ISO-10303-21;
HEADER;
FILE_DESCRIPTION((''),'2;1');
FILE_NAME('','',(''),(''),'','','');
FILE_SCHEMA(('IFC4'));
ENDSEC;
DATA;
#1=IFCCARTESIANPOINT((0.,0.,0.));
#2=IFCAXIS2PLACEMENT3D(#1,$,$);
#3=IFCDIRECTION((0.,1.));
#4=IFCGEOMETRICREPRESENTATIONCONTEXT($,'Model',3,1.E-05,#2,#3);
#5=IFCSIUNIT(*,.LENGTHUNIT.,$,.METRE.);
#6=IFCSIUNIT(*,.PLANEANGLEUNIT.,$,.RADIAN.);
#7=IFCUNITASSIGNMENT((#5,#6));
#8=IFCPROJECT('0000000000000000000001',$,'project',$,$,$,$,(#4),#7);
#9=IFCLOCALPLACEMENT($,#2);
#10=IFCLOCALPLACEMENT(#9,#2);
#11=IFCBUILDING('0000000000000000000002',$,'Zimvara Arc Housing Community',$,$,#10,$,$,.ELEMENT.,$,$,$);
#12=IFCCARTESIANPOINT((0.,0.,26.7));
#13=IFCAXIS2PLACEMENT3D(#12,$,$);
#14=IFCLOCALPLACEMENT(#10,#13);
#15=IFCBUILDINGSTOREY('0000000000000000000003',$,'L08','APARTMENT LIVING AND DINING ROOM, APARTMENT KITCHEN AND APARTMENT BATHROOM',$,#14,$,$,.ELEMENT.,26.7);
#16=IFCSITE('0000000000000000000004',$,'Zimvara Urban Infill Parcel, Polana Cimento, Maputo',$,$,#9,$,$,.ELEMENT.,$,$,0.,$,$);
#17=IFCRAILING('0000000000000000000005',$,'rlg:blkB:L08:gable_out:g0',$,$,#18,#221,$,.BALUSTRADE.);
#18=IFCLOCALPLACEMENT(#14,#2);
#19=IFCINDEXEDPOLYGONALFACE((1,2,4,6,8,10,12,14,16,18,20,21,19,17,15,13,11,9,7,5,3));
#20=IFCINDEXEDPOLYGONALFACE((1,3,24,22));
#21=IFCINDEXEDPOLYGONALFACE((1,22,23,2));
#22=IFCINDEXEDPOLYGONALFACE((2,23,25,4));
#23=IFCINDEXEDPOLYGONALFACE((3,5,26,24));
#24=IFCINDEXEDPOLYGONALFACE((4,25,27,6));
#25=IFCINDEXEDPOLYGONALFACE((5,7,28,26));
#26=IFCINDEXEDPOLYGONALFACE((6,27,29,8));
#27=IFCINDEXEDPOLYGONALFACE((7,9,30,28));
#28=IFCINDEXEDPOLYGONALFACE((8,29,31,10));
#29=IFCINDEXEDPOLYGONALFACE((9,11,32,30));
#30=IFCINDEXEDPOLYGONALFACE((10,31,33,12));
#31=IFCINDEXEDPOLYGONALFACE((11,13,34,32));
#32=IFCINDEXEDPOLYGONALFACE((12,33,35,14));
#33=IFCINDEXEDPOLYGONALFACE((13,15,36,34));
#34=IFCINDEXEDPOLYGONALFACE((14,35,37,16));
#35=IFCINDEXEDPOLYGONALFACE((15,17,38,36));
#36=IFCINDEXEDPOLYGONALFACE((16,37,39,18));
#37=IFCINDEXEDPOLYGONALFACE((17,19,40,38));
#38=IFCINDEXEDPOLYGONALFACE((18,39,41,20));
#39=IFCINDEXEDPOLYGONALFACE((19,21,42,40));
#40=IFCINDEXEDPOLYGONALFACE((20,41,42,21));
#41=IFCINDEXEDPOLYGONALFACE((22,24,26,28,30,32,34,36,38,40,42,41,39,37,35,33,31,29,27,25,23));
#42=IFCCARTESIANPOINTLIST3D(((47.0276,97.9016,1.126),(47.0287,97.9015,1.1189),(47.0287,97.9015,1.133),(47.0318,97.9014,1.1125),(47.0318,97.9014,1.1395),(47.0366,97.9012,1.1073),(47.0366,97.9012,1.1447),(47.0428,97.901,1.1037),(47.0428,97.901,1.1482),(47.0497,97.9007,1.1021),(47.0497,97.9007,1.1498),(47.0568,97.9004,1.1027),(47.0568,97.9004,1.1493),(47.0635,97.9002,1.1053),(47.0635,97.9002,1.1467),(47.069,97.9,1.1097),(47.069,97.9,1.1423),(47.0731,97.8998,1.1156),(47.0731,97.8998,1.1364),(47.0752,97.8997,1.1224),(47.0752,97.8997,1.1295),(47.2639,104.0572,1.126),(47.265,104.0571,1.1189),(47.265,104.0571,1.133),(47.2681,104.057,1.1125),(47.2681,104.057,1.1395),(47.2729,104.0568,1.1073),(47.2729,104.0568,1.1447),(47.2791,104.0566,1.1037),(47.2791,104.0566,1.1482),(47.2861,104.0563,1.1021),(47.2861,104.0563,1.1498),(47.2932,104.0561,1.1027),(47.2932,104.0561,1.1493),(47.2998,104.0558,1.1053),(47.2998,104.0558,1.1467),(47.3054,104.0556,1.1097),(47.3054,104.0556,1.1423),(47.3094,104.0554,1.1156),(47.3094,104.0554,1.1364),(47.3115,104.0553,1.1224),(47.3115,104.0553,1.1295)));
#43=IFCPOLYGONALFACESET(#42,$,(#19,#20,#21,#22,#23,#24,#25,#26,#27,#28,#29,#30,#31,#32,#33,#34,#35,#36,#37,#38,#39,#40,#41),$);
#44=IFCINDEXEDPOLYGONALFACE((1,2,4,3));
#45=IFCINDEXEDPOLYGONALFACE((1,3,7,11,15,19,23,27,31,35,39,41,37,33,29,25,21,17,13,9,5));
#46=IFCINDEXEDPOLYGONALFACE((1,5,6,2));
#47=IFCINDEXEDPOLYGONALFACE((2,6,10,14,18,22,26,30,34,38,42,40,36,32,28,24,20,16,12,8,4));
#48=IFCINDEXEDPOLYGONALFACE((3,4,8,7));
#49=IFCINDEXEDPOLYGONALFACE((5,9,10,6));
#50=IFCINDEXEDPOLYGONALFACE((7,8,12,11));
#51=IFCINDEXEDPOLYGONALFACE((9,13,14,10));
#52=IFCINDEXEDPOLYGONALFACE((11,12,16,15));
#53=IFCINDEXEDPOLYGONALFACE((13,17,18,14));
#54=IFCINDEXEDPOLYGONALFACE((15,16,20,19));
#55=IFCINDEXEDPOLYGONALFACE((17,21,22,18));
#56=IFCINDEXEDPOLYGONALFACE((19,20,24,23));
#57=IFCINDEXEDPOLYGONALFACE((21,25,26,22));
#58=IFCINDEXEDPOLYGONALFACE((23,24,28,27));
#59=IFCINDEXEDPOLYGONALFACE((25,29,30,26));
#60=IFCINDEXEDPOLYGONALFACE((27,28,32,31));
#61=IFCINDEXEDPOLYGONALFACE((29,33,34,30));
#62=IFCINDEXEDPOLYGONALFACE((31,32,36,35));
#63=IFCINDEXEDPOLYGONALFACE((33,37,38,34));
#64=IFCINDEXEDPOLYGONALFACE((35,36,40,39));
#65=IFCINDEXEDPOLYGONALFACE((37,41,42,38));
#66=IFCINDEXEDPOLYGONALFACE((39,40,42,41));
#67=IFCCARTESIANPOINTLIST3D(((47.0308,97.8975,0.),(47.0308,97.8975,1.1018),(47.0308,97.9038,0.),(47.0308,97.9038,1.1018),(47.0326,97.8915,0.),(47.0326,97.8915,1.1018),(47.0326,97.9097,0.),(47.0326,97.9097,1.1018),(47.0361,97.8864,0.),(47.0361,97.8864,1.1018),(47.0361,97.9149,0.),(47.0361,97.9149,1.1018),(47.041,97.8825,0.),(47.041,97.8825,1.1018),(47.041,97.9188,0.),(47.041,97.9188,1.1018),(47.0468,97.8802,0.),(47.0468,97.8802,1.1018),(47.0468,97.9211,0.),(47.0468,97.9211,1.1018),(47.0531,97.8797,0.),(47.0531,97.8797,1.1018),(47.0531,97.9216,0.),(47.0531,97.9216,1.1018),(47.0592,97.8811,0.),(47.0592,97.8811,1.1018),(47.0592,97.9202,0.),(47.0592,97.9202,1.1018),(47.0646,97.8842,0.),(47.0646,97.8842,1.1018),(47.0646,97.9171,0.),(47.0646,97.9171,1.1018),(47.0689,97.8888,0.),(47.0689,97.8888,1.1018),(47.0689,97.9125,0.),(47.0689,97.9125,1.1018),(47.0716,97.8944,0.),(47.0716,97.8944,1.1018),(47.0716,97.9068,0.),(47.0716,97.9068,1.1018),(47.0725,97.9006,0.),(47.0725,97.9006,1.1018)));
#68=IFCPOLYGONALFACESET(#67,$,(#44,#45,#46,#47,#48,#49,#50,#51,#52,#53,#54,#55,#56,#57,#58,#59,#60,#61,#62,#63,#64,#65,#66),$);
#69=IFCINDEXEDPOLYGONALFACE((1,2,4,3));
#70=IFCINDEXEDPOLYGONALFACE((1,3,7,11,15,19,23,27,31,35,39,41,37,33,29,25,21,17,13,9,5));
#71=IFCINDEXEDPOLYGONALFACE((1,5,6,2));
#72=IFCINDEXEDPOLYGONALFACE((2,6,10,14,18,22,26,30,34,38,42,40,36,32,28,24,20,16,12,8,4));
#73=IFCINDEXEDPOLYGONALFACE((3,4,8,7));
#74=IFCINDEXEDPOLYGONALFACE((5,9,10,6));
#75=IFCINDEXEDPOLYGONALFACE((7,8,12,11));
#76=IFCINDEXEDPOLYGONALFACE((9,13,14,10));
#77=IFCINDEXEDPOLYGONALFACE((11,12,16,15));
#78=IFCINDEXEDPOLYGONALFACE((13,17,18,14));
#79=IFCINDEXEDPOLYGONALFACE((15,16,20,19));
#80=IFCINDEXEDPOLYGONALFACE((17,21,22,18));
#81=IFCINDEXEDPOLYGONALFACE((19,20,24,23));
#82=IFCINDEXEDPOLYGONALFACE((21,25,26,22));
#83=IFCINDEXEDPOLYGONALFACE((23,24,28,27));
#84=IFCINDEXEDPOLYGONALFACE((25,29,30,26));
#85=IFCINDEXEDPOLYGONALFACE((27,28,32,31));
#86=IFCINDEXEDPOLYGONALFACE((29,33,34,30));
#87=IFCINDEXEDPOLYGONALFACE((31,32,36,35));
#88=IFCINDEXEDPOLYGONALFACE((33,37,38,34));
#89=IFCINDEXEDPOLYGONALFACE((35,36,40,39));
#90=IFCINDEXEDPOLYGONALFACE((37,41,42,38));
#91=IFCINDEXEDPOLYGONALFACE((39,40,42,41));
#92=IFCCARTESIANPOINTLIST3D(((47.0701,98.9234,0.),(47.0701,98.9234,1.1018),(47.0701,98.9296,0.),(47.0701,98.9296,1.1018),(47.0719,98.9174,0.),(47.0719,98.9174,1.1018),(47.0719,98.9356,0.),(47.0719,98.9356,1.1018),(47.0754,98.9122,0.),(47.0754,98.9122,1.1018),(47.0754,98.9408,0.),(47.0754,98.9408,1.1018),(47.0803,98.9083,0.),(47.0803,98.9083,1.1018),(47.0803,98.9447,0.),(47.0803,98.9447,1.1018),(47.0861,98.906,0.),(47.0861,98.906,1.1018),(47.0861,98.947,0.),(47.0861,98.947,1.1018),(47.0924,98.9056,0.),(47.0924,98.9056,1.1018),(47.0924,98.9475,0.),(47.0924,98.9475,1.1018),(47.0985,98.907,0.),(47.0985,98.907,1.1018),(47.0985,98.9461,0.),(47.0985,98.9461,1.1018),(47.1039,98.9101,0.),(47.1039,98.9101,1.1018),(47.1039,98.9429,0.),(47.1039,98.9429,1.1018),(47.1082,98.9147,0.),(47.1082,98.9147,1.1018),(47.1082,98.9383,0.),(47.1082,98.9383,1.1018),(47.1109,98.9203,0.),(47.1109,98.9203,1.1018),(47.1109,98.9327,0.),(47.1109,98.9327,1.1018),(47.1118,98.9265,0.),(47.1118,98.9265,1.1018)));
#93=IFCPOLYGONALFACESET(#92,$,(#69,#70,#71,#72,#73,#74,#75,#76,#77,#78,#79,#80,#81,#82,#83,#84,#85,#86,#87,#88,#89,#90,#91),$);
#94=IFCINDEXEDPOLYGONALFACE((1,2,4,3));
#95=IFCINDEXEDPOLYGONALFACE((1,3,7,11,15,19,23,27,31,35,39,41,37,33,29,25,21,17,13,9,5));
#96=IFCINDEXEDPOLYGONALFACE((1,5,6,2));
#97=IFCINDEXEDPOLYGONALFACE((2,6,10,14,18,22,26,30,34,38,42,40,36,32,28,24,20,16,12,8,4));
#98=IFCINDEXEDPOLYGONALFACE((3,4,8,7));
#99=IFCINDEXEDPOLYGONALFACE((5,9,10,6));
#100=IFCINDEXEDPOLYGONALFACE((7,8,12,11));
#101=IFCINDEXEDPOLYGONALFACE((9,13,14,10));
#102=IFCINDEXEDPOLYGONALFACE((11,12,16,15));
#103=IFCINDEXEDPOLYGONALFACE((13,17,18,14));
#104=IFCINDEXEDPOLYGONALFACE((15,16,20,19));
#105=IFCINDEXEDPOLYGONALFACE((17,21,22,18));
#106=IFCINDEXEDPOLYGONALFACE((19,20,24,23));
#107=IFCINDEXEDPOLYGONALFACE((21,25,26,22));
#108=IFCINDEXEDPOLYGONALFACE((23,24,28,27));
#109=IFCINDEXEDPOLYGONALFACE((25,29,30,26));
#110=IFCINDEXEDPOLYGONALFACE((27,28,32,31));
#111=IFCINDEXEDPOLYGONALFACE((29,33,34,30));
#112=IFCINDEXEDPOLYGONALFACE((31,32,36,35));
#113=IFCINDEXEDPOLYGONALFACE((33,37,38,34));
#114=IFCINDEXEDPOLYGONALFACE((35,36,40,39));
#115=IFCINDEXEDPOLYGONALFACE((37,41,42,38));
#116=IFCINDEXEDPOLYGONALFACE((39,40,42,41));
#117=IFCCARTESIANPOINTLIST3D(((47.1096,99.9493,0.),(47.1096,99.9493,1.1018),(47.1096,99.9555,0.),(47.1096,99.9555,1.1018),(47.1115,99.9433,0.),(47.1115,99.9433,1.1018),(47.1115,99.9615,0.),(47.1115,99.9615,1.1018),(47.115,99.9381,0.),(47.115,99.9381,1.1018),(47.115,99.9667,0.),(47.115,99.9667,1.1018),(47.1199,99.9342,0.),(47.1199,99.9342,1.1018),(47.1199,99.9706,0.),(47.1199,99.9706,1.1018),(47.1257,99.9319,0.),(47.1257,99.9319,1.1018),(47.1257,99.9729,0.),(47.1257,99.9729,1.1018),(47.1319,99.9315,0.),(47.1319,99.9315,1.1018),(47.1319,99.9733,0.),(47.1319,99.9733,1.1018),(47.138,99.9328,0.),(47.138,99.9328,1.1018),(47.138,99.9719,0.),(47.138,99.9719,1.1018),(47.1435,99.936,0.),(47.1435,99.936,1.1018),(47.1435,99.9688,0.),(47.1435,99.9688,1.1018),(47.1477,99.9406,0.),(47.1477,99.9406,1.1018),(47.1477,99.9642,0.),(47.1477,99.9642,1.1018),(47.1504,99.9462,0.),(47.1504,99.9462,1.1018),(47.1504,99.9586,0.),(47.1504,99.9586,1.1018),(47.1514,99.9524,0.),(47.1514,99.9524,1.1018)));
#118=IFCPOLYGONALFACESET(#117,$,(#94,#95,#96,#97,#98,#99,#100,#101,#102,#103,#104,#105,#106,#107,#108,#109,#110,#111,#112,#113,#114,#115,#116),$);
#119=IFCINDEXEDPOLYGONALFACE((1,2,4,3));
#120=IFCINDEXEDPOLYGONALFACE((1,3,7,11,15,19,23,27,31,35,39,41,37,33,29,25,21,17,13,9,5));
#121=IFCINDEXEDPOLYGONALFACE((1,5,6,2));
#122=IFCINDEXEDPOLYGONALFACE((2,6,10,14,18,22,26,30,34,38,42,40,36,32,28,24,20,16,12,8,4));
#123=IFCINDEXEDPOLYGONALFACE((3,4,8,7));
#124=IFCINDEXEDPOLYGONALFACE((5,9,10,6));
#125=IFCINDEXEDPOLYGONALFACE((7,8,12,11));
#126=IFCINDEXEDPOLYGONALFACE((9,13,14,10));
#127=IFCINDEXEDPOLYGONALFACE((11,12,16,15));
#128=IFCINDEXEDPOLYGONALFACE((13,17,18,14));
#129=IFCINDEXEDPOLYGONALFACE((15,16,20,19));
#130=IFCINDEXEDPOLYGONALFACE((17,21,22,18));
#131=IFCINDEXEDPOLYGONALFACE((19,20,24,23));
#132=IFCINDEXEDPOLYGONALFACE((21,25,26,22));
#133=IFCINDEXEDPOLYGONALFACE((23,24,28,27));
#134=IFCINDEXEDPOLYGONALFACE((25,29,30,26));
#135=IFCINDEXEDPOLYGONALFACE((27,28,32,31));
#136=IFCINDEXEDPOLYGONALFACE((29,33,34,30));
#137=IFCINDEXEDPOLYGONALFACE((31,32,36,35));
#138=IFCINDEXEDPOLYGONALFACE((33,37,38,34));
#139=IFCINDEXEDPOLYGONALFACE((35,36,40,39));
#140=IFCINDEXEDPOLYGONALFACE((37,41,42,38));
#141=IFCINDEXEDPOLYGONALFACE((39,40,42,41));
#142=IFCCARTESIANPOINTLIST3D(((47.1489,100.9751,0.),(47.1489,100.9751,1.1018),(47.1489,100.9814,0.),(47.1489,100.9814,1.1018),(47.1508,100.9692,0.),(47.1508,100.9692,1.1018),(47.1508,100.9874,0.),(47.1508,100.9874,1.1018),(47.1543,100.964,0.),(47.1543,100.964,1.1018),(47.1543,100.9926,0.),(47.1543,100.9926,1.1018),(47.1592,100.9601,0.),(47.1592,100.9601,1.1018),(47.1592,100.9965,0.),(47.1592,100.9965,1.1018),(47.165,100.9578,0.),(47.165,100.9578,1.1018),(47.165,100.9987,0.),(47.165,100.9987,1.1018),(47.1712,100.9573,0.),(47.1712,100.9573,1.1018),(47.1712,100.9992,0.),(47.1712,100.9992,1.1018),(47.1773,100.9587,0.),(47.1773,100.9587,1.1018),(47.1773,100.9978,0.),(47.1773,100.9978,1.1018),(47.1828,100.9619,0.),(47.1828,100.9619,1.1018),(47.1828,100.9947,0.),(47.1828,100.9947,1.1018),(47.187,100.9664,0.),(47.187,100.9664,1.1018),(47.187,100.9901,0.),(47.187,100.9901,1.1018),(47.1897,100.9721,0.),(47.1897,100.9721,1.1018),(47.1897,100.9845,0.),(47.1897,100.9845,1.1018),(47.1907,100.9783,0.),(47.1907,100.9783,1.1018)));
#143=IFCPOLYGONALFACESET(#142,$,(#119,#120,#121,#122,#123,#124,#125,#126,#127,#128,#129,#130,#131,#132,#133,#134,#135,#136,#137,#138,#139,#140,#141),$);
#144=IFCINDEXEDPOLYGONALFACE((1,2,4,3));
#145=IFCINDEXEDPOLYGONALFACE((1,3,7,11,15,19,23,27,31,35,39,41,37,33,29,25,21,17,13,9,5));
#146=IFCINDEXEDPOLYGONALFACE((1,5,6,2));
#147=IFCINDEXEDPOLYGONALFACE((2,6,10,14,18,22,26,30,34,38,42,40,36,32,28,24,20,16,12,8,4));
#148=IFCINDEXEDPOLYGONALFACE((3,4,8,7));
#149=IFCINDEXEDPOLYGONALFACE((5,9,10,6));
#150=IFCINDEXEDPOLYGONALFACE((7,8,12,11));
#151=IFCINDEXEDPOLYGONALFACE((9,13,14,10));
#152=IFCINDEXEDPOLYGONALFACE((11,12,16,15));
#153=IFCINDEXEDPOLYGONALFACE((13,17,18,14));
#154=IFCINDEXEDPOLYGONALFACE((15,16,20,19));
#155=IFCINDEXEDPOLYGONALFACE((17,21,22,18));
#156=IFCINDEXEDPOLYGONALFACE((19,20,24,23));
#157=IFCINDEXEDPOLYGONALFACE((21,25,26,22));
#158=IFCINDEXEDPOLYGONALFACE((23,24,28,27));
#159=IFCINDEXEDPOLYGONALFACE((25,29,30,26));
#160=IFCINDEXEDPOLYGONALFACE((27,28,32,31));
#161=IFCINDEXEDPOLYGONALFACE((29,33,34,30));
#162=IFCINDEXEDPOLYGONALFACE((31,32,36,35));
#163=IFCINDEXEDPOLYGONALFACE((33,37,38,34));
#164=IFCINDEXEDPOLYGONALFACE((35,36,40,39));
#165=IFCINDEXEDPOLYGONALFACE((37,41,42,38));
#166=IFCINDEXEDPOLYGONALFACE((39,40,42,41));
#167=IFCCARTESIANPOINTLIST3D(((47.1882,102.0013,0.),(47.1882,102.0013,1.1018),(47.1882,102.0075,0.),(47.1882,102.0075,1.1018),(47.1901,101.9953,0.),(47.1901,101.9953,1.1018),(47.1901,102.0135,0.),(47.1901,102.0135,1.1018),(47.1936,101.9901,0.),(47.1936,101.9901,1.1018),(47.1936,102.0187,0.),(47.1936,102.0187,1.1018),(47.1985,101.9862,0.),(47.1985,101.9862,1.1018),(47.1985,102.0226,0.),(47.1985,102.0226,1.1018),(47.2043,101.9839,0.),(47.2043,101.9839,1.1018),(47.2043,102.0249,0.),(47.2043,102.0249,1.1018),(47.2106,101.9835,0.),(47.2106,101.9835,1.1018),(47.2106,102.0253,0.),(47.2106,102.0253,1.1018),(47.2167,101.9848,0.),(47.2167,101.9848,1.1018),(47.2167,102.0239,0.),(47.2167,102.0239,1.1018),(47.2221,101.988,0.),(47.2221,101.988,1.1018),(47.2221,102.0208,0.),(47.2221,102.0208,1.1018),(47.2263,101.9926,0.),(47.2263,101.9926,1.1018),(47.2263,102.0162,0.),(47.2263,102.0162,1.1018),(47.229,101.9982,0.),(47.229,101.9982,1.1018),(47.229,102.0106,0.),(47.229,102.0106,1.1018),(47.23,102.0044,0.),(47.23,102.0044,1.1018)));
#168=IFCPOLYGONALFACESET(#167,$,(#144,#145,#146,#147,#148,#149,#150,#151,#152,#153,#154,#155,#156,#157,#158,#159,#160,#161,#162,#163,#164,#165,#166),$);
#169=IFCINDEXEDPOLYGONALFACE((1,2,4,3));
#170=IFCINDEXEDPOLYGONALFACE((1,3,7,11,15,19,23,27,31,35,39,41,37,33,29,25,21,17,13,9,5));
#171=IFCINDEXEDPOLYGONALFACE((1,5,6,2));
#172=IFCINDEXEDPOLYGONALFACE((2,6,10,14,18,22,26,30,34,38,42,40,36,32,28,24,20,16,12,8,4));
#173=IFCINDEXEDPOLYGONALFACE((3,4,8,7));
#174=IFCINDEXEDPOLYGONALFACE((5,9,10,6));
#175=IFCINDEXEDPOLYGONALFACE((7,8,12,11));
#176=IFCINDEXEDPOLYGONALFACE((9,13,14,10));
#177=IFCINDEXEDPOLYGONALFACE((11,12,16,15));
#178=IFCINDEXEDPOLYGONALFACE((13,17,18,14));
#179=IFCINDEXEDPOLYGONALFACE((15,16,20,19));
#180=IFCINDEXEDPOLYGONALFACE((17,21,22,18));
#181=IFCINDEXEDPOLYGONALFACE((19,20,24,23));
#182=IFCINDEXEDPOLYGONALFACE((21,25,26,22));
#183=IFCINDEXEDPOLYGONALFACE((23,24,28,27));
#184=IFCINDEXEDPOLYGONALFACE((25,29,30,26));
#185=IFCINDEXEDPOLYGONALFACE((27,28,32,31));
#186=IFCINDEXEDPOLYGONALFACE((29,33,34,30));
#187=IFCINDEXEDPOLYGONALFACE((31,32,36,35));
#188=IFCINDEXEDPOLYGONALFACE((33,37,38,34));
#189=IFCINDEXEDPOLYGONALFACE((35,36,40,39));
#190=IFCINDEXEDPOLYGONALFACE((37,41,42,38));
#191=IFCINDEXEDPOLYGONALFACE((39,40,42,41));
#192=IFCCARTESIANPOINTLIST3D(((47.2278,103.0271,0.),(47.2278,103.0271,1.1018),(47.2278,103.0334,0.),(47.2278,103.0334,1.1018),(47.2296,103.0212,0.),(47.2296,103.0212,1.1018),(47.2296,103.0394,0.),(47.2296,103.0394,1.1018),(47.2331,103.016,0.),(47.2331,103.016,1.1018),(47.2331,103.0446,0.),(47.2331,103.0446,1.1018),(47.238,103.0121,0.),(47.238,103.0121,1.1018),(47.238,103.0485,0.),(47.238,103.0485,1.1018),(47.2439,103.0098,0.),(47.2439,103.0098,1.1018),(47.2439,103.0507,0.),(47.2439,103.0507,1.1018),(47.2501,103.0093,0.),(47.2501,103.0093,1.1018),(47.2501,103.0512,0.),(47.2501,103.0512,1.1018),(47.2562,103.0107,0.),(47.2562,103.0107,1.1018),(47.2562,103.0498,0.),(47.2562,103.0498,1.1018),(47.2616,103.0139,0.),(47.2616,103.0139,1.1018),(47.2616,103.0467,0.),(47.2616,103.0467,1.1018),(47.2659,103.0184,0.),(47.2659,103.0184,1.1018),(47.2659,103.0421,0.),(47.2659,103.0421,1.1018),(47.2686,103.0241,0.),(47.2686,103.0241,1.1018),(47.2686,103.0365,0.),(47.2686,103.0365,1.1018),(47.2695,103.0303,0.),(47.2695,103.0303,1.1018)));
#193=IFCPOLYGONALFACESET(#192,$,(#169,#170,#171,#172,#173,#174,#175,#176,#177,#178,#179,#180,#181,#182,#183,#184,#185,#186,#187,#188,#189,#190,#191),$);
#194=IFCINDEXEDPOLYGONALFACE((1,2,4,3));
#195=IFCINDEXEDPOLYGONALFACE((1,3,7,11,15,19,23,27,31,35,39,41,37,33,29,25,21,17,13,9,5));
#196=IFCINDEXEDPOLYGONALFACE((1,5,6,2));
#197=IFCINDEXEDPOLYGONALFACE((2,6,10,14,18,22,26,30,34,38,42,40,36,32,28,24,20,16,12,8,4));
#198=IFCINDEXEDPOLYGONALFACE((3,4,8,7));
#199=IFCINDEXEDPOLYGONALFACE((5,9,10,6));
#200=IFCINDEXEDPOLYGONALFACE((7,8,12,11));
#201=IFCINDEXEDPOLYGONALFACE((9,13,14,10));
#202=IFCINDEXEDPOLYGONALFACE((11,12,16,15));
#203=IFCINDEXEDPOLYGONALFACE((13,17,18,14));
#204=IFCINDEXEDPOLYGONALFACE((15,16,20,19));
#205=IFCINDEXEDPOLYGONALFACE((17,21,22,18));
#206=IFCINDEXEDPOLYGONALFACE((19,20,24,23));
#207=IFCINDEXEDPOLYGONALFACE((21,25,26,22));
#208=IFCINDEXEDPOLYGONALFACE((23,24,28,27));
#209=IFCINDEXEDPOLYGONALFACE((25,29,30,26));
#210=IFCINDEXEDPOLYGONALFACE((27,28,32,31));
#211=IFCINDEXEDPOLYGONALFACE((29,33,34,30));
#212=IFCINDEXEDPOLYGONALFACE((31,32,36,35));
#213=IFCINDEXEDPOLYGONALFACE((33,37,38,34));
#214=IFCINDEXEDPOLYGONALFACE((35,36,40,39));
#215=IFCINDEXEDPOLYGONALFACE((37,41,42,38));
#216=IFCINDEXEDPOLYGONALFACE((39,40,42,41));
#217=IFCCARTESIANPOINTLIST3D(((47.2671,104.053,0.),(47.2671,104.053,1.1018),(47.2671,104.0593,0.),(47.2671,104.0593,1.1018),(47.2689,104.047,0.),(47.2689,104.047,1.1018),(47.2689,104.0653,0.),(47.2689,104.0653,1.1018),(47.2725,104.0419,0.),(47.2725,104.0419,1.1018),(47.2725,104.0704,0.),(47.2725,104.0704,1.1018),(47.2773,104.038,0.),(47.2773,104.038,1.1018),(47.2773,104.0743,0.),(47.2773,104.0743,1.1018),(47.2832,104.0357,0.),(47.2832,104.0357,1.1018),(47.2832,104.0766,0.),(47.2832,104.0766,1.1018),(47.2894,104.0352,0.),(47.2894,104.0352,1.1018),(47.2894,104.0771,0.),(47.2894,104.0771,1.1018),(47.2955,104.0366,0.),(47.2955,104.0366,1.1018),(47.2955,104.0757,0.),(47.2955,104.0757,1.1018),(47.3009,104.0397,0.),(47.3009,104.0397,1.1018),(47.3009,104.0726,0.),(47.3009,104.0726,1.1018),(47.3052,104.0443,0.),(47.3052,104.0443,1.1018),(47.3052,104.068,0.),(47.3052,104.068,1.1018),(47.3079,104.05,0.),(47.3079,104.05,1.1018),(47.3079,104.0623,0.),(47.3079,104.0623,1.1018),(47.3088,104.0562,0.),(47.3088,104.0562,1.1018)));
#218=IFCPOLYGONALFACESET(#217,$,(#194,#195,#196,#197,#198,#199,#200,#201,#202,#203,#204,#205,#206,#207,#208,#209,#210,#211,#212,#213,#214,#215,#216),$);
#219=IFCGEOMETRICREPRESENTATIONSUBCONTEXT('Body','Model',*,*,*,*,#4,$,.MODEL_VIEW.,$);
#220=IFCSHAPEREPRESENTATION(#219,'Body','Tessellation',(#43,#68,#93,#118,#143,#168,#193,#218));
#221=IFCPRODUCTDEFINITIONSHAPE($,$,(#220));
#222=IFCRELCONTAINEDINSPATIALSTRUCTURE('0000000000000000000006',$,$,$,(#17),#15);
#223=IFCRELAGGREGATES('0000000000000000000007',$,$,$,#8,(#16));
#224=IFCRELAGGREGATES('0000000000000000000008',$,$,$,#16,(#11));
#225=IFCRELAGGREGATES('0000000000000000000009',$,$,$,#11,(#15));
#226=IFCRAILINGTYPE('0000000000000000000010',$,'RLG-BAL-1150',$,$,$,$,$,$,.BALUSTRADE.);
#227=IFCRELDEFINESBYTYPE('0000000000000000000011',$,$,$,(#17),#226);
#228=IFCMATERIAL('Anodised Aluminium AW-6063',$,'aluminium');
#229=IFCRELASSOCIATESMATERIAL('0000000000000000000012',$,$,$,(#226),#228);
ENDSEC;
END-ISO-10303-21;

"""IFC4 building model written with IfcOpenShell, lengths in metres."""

from ifc_helpers import new_model, si_unit, direction, frame, origin, origin_2d, place, context, subcontext, project, spatial, circle, extrude, material, type_object, element, save


model = new_model("IFC4")

# Units and contexts
model_context = context("Model", 3, precision=1e-05, world=origin(), true_north=direction((0.0, 1.0)))
body_context = subcontext(model_context, "Body", "Model", "MODEL_VIEW")
ifc_project = project(units=[si_unit("LENGTHUNIT", "METRE"), si_unit("PLANEANGLEUNIT", "RADIAN")], contexts=[model_context])

# Site, building, storey
site_placement = place(None, origin())
site = spatial("IfcSite", under=ifc_project, at=site_placement, Name="Zimvara Urban Infill Parcel, Polana Cimento, Maputo", CompositionType="ELEMENT", RefElevation=0.0)
building_placement = place(site_placement, origin())
building = spatial("IfcBuilding", under=site, at=building_placement, Name="Zimvara Arc Housing Community", CompositionType="ELEMENT")
storey_placement = place(building_placement, frame((0.0, 0.0, 26.7)))
storey = spatial("IfcBuildingStorey", under=building, at=storey_placement, Name="L08", Description="APARTMENT LIVING AND DINING ROOM, APARTMENT KITCHEN AND APARTMENT BATHROOM", CompositionType="ELEMENT", Elevation=26.7)

# Railing
ifc_material_1 = material(Name="Anodised Aluminium AW-6063", Category="aluminium")
railing_type = type_object("IfcRailingType", Name="RLG-BAL-1150", PredefinedType="BALUSTRADE", material=ifc_material_1)
railing_1_placement = place(storey_placement, frame((47.0515, 97.9006, 0.0)))
element("IfcRailing", 1, at=railing_1_placement, inside=storey, type_object=railing_type, Name="rlg:blkB:L08:gable_out:g0", PredefinedType="BALUSTRADE", context=body_context, shape_type="SweptSolid", body=[
    extrude(circle(Radius=0.0239, at=origin_2d()), frame((0.0, 0.0, 1.126), z_axis=(0.038365, 0.999264, 0.0), x_axis=(-0.999264, 0.038365, 0.0)), (0.0, 0.0, 1.0), 6.1602),
    extrude(circle(Radius=0.021, at=origin_2d()), origin(), (0.0, 0.0, 1.0), 1.1018),
    extrude(circle(Radius=0.021, at=origin_2d()), frame((0.0393, 1.0259, 0.0)), (0.0, 0.0, 1.0), 1.1018),
    extrude(circle(Radius=0.021, at=origin_2d()), frame((0.0789, 2.0518, 0.0)), (0.0, 0.0, 1.0), 1.1018),
    extrude(circle(Radius=0.021, at=origin_2d()), frame((0.1182, 3.0776, 0.0)), (0.0, 0.0, 1.0), 1.1018),
    extrude(circle(Radius=0.021, at=origin_2d()), frame((0.1575, 4.1038, 0.0)), (0.0, 0.0, 1.0), 1.1018),
    extrude(circle(Radius=0.021, at=origin_2d()), frame((0.197, 5.1296, 0.0)), (0.0, 0.0, 1.0), 1.1018),
    extrude(circle(Radius=0.021, at=origin_2d()), frame((0.2363, 6.1555, 0.0)), (0.0, 0.0, 1.0), 1.1018),
])

save(model, "model.ifc")
